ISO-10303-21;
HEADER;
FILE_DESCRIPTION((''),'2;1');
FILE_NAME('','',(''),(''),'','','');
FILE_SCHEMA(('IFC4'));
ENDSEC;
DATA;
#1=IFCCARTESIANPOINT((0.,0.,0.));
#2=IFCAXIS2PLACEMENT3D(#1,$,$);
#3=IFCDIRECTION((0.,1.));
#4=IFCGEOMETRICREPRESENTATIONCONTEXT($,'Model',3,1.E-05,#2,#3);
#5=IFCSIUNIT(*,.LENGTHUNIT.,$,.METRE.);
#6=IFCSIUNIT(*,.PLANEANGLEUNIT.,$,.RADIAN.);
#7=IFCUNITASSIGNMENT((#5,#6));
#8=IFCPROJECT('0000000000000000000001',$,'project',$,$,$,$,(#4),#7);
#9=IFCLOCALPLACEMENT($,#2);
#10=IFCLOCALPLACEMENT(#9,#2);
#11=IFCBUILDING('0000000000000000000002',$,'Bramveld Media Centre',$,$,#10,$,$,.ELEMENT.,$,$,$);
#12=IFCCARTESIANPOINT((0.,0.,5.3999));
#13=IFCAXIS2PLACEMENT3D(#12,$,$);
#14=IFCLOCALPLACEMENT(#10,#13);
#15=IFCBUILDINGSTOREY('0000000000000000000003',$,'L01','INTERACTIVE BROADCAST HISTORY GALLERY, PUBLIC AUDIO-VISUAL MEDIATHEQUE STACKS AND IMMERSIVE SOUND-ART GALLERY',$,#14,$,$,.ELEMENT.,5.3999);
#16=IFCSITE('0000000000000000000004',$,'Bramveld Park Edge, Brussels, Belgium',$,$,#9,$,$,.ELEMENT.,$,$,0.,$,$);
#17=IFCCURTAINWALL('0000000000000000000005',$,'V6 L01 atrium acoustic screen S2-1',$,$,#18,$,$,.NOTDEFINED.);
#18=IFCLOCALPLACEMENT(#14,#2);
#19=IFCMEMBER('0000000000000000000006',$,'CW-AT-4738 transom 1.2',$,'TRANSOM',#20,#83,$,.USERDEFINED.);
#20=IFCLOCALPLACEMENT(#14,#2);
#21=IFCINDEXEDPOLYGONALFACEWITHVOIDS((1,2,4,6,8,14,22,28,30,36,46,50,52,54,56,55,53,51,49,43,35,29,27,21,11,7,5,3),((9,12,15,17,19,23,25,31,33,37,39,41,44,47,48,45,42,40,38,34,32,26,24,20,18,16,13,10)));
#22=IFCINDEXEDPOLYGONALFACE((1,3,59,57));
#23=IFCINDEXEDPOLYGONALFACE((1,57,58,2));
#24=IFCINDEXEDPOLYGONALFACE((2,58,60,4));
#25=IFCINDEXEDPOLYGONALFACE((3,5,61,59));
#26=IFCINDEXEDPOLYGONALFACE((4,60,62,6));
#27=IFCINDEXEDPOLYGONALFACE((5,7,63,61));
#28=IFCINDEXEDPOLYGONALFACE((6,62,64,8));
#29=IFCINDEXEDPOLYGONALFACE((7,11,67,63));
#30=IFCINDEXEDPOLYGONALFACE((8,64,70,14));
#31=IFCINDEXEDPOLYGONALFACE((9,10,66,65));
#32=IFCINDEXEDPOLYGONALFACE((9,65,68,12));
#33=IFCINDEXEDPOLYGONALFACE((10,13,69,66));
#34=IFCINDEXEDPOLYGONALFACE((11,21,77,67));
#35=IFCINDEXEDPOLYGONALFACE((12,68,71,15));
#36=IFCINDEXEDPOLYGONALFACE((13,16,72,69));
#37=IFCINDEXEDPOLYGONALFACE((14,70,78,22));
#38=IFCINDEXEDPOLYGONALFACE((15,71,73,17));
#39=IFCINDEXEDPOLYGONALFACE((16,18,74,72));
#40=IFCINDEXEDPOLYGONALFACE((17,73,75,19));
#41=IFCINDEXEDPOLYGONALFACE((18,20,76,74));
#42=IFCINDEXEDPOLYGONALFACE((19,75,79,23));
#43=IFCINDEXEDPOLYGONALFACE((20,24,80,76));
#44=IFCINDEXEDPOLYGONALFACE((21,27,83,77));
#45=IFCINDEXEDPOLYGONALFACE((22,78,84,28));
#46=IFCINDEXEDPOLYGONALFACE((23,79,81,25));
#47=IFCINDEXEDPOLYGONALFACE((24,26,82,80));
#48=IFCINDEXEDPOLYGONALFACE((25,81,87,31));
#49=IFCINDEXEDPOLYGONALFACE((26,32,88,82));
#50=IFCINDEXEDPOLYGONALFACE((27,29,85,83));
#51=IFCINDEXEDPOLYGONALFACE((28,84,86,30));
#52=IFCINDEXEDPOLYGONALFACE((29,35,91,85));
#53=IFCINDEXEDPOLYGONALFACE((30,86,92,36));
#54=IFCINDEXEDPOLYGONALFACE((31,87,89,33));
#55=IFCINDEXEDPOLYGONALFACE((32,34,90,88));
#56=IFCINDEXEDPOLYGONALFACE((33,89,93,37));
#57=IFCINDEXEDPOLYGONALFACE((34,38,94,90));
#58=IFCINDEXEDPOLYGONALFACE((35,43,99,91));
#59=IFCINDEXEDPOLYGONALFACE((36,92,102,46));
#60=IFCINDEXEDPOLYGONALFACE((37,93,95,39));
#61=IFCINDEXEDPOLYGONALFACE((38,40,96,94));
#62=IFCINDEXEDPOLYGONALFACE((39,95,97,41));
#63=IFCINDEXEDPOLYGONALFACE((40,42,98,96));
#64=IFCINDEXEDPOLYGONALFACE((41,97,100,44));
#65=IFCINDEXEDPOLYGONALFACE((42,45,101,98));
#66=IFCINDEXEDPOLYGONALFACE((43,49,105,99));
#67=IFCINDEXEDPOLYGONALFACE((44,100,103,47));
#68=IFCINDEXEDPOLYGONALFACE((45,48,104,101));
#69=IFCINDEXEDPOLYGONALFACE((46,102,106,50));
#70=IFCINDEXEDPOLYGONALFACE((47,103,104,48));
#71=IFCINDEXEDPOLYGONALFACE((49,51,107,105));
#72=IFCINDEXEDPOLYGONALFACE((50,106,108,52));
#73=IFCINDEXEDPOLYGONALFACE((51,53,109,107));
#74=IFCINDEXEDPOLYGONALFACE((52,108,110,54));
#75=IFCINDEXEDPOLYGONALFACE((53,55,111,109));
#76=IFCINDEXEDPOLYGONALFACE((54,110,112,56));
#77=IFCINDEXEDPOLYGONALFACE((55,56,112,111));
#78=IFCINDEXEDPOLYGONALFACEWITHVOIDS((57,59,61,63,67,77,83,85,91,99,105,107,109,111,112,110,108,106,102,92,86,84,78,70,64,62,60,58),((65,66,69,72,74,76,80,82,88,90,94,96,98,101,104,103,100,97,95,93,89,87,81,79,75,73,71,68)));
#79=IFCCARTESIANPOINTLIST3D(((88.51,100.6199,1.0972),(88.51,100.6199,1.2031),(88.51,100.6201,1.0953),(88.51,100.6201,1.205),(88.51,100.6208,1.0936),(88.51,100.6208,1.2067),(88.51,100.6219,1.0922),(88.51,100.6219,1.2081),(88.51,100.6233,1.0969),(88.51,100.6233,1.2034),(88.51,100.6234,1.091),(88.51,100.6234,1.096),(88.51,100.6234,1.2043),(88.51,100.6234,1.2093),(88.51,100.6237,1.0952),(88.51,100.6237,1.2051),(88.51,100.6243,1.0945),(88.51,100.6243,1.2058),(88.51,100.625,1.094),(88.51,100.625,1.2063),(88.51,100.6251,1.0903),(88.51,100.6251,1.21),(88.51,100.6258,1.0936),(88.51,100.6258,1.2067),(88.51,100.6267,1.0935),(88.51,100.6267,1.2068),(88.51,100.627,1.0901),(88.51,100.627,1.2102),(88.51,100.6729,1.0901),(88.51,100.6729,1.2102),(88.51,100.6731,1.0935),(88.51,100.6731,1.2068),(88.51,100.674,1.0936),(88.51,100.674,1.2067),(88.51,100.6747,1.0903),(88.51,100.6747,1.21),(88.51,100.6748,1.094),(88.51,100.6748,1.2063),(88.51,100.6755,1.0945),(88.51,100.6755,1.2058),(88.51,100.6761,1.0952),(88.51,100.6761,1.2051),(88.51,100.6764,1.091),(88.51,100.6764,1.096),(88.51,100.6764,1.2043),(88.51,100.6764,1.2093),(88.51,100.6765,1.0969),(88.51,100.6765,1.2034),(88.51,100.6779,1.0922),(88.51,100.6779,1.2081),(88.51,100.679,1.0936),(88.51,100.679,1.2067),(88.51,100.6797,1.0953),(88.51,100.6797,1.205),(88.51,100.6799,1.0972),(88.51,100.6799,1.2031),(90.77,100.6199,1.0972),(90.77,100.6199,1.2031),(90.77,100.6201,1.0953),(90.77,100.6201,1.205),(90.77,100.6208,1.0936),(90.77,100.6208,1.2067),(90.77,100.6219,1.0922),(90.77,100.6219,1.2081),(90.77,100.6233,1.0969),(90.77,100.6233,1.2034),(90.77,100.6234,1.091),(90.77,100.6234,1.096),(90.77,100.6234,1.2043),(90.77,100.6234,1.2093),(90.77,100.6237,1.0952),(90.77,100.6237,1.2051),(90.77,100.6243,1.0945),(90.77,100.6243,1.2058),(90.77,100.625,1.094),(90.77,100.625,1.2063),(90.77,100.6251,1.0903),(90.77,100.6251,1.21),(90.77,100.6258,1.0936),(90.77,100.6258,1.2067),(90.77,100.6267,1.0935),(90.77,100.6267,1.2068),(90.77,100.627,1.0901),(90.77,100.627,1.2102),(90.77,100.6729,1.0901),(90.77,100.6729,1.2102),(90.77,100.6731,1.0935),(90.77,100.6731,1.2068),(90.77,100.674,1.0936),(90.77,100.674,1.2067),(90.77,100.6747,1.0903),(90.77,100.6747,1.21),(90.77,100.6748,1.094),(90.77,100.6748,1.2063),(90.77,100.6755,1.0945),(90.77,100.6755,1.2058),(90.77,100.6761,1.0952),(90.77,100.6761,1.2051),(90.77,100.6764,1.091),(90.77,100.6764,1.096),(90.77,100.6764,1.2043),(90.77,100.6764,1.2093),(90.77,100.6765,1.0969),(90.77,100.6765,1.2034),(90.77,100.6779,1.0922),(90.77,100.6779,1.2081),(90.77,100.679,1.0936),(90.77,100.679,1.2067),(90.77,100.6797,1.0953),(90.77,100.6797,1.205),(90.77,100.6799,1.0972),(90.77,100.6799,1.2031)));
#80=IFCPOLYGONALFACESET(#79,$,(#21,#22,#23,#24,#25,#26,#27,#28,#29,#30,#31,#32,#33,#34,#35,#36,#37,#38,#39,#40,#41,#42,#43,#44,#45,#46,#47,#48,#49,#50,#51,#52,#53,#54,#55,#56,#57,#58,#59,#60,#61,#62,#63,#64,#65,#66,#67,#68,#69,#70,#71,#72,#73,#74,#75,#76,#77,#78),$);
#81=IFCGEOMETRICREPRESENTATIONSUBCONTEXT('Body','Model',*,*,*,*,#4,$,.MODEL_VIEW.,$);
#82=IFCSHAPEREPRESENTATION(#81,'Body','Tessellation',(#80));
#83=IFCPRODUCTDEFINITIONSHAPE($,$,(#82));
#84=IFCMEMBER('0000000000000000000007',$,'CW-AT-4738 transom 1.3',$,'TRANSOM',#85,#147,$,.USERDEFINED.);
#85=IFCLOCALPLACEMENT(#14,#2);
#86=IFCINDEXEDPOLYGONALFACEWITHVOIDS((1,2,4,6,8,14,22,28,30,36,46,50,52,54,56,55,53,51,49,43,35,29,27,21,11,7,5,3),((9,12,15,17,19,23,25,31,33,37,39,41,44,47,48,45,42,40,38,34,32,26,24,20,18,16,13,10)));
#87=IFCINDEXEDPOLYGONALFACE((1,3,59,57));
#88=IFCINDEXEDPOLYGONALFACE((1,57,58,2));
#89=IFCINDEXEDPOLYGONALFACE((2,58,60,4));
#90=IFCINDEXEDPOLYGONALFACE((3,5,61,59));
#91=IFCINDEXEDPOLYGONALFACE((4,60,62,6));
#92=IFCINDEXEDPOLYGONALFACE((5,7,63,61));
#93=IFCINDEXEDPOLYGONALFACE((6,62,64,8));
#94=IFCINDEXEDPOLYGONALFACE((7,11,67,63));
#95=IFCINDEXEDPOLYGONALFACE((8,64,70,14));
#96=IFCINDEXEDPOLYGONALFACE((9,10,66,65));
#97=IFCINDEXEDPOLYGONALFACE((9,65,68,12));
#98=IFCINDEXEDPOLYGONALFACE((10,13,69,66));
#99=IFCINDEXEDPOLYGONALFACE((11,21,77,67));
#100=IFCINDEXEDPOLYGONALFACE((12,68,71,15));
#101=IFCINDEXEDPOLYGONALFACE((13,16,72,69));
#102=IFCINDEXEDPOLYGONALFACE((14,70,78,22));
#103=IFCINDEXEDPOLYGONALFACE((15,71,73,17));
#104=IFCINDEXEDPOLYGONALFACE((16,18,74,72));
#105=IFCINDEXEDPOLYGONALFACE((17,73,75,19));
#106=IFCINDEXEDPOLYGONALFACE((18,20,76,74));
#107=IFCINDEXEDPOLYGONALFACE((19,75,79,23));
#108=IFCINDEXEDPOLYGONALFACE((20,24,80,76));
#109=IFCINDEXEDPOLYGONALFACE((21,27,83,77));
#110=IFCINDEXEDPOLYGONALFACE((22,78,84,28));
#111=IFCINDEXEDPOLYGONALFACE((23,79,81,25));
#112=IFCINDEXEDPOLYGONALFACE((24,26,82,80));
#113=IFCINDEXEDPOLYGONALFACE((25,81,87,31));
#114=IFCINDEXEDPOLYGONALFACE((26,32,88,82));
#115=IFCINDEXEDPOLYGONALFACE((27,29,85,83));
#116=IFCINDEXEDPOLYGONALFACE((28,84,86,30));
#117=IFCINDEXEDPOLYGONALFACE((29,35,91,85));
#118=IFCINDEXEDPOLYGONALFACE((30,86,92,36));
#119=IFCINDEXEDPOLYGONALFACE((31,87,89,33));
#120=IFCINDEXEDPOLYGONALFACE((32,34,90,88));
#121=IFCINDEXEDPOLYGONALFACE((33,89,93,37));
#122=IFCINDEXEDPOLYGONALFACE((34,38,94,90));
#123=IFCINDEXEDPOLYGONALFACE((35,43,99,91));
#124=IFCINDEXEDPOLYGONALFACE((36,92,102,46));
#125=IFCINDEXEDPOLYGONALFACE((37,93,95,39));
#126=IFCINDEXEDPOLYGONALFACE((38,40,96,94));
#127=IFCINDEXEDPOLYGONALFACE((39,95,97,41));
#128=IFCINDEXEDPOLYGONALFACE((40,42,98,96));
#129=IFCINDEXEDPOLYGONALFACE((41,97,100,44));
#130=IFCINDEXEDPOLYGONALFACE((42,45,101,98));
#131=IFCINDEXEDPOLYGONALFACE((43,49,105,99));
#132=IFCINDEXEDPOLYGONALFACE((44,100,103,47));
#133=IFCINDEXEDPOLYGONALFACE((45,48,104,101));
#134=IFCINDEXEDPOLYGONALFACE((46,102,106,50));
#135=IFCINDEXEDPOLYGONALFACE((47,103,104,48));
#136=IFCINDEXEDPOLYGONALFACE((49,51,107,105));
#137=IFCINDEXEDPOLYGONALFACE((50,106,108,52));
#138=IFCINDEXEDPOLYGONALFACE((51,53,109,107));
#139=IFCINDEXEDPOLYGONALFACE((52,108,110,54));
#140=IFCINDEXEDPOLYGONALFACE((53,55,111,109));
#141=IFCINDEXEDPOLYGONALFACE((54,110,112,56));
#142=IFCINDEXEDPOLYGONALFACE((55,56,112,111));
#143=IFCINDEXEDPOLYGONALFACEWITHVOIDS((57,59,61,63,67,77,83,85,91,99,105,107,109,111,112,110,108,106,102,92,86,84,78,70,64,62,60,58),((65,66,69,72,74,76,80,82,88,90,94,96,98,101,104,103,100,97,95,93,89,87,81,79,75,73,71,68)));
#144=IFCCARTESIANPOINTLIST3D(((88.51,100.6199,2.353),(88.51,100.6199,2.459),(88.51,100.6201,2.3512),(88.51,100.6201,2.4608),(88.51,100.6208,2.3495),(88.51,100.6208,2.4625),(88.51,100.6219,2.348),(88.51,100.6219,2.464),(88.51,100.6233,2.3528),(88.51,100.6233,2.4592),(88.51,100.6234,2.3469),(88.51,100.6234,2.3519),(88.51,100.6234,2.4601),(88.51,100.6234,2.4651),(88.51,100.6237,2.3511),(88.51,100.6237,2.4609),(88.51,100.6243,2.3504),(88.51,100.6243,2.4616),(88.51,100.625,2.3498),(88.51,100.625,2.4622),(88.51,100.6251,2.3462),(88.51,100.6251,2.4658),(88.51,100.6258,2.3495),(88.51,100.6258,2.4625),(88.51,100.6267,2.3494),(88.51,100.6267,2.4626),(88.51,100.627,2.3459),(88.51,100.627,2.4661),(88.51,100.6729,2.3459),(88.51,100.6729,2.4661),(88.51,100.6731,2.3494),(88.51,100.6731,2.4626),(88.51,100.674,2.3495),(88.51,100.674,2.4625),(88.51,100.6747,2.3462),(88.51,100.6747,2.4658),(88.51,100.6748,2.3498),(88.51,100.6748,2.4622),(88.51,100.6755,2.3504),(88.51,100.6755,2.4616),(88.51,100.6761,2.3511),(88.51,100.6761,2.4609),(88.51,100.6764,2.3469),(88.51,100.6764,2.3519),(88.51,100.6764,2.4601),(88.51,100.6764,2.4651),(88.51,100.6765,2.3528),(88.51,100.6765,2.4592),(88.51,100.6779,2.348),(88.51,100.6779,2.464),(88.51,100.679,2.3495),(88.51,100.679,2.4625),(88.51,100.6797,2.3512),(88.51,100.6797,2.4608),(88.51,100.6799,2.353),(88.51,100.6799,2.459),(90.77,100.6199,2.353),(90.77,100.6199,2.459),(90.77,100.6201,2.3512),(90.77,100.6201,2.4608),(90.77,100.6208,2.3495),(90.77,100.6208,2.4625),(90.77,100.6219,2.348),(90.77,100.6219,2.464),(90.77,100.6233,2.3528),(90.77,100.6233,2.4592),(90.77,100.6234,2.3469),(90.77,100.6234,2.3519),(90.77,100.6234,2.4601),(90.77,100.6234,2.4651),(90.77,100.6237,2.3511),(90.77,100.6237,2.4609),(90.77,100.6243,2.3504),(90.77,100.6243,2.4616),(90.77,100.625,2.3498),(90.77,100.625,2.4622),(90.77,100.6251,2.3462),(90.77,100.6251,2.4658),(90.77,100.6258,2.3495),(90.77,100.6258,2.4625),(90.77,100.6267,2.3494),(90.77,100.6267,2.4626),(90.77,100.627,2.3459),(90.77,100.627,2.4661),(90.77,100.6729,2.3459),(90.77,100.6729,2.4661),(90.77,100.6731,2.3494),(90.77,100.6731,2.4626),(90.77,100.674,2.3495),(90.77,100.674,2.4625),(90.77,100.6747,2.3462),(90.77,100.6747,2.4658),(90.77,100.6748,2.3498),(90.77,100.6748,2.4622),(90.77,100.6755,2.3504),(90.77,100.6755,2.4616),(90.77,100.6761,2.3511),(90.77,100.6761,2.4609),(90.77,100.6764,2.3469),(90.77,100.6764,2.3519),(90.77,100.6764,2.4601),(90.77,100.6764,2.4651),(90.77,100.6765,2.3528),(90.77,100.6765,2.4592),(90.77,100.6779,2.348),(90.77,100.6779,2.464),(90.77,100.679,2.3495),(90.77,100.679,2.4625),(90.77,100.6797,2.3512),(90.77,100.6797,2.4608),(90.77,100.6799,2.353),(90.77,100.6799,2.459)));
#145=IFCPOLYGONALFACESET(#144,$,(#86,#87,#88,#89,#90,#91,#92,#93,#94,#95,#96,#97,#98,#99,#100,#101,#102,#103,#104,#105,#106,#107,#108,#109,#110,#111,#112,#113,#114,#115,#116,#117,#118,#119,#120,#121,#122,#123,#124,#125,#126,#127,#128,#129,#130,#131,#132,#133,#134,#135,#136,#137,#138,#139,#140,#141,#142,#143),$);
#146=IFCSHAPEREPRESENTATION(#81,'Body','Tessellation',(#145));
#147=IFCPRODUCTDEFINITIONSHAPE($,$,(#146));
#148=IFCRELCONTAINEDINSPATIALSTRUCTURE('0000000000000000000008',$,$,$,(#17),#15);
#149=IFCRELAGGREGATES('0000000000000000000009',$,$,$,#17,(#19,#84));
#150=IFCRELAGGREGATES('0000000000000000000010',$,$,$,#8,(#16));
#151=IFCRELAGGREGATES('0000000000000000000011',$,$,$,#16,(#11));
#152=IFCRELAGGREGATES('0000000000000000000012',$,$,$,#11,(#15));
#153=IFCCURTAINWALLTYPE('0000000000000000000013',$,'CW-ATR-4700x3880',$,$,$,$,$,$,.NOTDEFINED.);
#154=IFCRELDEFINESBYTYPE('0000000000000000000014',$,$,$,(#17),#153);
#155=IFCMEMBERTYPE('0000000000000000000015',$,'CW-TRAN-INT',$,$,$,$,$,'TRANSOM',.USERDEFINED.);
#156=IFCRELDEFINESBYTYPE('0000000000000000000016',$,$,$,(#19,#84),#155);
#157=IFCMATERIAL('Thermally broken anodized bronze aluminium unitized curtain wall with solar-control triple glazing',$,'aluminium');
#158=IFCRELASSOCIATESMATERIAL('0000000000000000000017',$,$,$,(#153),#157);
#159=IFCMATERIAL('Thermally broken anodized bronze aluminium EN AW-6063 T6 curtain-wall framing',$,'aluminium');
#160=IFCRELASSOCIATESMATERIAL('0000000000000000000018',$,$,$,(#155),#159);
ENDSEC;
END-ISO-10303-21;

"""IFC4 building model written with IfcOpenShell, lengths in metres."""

from ifc_helpers import new_model, si_unit, direction, frame, origin, origin_2d, place, context, subcontext, project, spatial, hollow_rectangle, extrude, material, material_profile, profile_set, type_object, element, aggregate, save


model = new_model("IFC4")

# Units and contexts
model_context = context("Model", 3, precision=1e-05, world=origin(), true_north=direction((0.0, 1.0)))
body_context = subcontext(model_context, "Body", "Model", "MODEL_VIEW")
ifc_project = project(units=[si_unit("LENGTHUNIT", "METRE"), si_unit("PLANEANGLEUNIT", "RADIAN")], contexts=[model_context])

# Site, building, storey
site_placement = place(None, origin())
site = spatial("IfcSite", under=ifc_project, at=site_placement, Name="Bramveld Park Edge, Brussels, Belgium", CompositionType="ELEMENT", RefElevation=0.0)
building_placement = place(site_placement, origin())
building = spatial("IfcBuilding", under=site, at=building_placement, Name="Bramveld Media Centre", CompositionType="ELEMENT")
storey_placement = place(building_placement, frame((0.0, 0.0, 5.3999)))
storey = spatial("IfcBuildingStorey", under=building, at=storey_placement, Name="L01", Description="INTERACTIVE BROADCAST HISTORY GALLERY, PUBLIC AUDIO-VISUAL MEDIATHEQUE STACKS AND IMMERSIVE SOUND-ART GALLERY", CompositionType="ELEMENT", Elevation=5.3999)

# Curtain wall, members
ifc_material_1 = material(Name="Thermally broken anodized bronze aluminium unitized curtain wall with solar-control triple glazing", Category="aluminium")
curtain_wall_type = type_object("IfcCurtainWallType", Name="CW-ATR-4700x3880", PredefinedType="NOTDEFINED", material=ifc_material_1)
curtain_wall_placement = place(storey_placement, origin())
curtain_wall = element("IfcCurtainWall", 1, at=curtain_wall_placement, inside=storey, type_object=curtain_wall_type, Name="V6 L01 atrium acoustic screen S2-1", PredefinedType="NOTDEFINED")
ifc_material_2 = material(Name="Thermally broken anodized bronze aluminium EN AW-6063 T6 curtain-wall framing", Category="aluminium")
ifc_material_profile_1 = material_profile(ifc_material_2, hollow_rectangle(XDim=0.0601, YDim=0.1201, WallThickness=0.0034, InnerFilletRadius=0.0034, OuterFilletRadius=0.0071, at=origin_2d()), Name="AL-TRAN 60x120")
ifc_profile_set_1 = profile_set([ifc_material_profile_1], Name="Thermally broken anodized bronze aluminium EN AW-6063 T6 curtain-wall framing")
member_type_1 = type_object("IfcMemberType", Name="CW-TRAN-INT", ElementType="TRANSOM", PredefinedType="USERDEFINED", material=ifc_profile_set_1)
member_1_placement = place(storey_placement, frame((88.51, 100.6499, 1.1501), z_axis=(1.0, 0.0, 0.0), x_axis=(0.0, 1.0, 0.0)))
member_1 = element("IfcMember", 2, at=member_1_placement, type_object=member_type_1, Name="CW-AT-4738 transom 1.2", ObjectType="TRANSOM", PredefinedType="USERDEFINED", context=body_context, shape_type="SweptSolid", body=[
    extrude(hollow_rectangle(XDim=0.0601, YDim=0.1201, WallThickness=0.0034, InnerFilletRadius=0.0034, OuterFilletRadius=0.0071, at=origin_2d()), origin(), (0.0, 0.0, 1.0), 2.26),
])
member_2_placement = place(storey_placement, frame((88.51, 100.6499, 2.406), z_axis=(1.0, 0.0, 0.0), x_axis=(0.0, 1.0, 0.0)))
member_2 = element("IfcMember", 3, at=member_2_placement, type_object=member_type_1, Name="CW-AT-4738 transom 1.3", ObjectType="TRANSOM", PredefinedType="USERDEFINED", context=body_context, shape_type="SweptSolid", body=[
    extrude(hollow_rectangle(XDim=0.0601, YDim=0.1201, WallThickness=0.0034, InnerFilletRadius=0.0034, OuterFilletRadius=0.0071, at=origin_2d()), origin(), (0.0, 0.0, 1.0), 2.26),
])
aggregate(curtain_wall, [member_1, member_2])

save(model, "model.ifc")
